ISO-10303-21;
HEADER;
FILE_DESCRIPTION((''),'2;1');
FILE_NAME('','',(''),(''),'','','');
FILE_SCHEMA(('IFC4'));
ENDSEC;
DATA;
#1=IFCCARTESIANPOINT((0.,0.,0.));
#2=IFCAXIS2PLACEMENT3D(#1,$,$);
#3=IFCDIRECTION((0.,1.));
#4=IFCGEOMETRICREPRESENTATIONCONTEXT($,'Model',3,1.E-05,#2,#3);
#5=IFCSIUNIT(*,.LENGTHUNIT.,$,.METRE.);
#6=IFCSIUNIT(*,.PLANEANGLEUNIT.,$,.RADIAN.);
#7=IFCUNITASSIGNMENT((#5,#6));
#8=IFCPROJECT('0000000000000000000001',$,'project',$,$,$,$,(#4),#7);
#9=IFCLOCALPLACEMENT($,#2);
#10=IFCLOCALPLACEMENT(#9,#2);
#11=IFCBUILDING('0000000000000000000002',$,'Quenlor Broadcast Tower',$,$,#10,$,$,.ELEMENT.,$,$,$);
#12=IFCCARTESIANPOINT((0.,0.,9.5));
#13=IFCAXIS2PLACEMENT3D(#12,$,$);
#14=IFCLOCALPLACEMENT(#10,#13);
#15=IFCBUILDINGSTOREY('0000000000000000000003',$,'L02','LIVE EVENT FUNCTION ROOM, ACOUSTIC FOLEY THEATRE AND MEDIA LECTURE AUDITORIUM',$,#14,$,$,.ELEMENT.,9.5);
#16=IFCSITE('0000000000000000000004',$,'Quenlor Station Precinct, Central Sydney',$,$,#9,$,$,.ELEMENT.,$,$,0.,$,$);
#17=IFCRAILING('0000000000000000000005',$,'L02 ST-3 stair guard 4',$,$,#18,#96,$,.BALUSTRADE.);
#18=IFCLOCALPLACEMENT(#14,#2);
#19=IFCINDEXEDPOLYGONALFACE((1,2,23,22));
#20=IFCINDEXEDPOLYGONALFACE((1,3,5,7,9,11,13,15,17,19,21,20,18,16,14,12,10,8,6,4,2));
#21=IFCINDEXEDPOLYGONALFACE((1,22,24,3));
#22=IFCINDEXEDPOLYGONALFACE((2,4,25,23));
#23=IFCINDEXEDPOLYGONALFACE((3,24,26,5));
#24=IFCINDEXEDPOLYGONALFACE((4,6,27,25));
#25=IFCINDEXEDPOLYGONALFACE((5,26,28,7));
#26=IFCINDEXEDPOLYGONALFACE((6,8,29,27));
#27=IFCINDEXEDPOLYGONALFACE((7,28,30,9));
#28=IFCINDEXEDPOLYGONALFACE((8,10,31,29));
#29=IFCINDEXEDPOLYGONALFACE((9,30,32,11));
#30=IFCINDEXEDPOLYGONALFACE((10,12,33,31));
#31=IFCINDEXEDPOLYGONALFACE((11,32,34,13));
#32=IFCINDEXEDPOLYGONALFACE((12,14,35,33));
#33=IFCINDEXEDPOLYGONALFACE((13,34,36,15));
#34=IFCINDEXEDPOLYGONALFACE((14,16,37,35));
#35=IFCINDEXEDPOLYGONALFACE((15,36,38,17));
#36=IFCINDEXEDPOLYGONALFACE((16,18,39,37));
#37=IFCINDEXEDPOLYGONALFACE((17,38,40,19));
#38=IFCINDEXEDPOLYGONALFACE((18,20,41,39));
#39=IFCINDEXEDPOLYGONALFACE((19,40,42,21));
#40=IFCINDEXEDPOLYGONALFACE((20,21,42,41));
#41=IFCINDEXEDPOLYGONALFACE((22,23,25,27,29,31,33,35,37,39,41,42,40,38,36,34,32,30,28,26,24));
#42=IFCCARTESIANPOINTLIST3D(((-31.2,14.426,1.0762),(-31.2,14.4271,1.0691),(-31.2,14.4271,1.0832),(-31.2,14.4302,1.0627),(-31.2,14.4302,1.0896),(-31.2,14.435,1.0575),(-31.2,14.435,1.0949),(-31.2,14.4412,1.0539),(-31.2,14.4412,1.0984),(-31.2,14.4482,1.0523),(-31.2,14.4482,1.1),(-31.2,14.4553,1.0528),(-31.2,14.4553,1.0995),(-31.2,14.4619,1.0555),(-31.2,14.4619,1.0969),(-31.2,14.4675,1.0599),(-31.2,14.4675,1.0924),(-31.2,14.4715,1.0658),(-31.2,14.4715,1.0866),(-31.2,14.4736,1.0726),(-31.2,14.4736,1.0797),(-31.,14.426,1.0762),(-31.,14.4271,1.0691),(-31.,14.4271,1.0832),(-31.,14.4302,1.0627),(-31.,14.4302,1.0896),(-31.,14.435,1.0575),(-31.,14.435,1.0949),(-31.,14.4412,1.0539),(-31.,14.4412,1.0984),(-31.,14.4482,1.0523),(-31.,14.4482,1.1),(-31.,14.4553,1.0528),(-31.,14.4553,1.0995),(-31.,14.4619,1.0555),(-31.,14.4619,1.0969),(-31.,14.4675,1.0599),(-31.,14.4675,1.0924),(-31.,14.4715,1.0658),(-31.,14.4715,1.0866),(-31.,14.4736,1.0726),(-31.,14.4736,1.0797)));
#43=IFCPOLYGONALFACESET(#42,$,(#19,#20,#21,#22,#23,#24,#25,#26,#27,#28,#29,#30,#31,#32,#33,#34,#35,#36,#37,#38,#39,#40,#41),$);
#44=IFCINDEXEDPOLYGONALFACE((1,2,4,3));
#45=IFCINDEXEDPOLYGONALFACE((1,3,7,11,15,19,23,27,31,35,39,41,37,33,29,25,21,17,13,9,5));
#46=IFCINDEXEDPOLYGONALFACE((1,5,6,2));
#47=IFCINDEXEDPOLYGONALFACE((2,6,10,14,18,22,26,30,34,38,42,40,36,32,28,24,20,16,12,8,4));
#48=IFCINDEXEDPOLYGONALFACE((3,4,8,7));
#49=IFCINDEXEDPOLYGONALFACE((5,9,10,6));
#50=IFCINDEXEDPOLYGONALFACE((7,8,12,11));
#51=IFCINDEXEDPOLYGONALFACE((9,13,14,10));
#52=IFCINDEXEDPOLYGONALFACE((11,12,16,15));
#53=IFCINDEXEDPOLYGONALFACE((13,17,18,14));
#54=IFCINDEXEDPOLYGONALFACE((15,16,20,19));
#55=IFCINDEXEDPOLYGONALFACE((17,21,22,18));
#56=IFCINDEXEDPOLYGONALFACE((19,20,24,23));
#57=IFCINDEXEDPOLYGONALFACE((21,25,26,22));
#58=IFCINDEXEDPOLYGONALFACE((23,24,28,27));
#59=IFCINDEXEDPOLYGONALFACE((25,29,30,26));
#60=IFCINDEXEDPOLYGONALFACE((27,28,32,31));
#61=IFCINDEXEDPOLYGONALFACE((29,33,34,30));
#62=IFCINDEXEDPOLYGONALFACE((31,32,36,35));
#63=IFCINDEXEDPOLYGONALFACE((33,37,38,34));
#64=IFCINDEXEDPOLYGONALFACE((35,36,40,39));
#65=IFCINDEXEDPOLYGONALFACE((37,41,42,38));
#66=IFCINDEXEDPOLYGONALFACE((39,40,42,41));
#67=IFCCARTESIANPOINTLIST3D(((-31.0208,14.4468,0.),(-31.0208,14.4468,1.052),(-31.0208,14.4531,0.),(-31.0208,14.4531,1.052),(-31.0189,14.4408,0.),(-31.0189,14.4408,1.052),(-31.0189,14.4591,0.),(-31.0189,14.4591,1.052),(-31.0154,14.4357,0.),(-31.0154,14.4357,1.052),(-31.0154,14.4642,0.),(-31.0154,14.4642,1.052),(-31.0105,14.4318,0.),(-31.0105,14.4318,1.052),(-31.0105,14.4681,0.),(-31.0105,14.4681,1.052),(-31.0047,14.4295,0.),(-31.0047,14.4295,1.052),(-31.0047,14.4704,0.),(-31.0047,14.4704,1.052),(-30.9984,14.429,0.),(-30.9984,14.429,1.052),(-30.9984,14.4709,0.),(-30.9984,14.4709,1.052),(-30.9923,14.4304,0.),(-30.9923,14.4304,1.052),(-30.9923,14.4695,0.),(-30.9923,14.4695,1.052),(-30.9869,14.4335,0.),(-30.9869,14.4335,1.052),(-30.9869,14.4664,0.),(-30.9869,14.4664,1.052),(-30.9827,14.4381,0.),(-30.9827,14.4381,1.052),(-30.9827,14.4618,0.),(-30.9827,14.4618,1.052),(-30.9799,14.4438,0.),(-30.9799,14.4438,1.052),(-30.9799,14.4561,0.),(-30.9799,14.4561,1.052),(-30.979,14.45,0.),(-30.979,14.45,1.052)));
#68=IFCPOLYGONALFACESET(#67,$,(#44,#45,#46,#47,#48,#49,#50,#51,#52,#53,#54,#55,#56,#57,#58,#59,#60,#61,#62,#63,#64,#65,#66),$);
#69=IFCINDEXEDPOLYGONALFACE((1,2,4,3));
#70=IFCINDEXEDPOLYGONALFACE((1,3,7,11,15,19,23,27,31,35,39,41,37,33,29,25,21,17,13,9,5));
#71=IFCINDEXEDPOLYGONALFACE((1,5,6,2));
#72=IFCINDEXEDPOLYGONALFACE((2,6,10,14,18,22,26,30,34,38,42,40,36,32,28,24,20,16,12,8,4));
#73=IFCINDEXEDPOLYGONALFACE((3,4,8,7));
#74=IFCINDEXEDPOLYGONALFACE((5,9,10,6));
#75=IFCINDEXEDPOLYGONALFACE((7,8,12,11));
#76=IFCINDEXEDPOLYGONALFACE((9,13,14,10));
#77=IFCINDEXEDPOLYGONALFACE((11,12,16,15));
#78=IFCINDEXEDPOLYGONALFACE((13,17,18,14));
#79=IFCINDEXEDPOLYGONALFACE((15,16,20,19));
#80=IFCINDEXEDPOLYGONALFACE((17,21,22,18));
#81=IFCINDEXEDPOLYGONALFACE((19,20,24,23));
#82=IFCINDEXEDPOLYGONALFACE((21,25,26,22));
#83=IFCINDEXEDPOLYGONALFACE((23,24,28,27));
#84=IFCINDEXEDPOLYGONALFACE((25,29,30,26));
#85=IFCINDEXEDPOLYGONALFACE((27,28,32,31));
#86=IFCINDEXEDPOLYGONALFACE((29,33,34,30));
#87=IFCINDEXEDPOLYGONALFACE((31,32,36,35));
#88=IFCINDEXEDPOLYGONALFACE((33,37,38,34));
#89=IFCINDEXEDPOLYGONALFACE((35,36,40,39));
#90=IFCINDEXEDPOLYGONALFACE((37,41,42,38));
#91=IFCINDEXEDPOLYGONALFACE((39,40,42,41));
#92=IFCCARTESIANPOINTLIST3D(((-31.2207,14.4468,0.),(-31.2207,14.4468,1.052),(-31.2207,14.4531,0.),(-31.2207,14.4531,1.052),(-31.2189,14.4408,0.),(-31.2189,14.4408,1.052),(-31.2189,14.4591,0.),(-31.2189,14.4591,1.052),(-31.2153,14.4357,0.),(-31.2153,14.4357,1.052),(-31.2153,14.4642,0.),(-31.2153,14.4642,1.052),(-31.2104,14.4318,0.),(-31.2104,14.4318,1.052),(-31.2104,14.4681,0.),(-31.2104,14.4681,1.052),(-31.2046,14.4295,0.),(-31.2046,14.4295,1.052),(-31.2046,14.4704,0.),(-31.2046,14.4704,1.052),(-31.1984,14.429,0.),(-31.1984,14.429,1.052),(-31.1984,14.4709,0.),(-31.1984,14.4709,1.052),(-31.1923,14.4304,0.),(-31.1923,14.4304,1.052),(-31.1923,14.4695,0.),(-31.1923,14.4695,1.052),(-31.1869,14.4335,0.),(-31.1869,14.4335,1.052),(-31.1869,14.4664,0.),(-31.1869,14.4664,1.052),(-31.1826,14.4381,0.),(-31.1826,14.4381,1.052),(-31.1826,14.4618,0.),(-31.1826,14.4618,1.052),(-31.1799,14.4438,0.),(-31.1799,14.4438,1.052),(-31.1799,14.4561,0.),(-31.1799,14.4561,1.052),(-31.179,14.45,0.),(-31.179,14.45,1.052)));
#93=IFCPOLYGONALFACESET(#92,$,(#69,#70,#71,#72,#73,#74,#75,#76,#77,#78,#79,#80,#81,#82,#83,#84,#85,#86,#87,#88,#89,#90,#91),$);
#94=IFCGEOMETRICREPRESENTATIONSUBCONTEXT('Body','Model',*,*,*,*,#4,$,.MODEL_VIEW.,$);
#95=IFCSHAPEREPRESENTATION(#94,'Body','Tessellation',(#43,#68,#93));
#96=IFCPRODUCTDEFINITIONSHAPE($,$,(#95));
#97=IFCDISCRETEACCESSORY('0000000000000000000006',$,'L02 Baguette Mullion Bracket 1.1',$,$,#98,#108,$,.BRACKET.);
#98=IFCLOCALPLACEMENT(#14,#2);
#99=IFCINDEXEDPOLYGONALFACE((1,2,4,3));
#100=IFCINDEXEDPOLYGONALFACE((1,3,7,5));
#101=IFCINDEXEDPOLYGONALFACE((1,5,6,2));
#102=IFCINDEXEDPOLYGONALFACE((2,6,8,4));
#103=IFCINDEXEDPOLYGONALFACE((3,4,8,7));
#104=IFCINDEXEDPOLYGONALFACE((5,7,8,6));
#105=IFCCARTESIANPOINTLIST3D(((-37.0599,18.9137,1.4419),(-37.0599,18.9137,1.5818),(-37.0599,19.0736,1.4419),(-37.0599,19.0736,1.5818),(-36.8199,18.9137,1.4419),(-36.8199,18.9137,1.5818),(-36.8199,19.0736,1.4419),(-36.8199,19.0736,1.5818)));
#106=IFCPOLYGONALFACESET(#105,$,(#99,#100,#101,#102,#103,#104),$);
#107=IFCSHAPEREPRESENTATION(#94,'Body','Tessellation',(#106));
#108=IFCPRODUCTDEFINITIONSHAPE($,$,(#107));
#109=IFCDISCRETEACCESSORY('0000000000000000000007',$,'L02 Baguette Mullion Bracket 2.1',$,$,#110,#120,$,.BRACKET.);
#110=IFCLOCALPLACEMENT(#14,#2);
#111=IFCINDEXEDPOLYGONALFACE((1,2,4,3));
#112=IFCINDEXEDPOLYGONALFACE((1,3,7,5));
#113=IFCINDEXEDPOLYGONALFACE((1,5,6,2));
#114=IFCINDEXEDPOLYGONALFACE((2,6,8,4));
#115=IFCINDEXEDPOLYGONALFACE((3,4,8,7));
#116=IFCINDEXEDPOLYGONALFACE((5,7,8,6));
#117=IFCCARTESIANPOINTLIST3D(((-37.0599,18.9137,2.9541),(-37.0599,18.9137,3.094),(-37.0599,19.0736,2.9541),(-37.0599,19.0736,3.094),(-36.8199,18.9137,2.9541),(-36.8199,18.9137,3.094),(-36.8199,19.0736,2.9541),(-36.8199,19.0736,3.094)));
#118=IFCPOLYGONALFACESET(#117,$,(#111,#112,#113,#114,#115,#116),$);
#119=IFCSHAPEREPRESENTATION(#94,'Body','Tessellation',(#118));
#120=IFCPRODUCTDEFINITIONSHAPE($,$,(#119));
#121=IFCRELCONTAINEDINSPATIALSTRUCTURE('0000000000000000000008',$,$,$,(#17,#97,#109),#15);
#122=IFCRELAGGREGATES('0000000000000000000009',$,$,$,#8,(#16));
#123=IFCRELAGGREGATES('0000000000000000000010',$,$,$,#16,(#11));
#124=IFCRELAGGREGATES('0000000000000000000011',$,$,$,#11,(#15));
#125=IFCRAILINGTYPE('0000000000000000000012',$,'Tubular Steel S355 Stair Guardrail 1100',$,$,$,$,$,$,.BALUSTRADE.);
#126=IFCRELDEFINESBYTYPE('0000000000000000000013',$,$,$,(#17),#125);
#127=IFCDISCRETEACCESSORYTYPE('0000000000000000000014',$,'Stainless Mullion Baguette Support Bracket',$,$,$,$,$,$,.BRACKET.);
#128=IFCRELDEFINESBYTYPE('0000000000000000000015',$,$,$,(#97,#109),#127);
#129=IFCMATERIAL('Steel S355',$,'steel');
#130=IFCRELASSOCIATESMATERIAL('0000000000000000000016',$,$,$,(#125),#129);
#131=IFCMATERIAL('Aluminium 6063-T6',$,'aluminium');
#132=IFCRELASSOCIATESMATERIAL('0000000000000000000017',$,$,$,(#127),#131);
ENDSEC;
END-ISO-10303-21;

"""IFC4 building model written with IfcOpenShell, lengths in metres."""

from ifc_helpers import new_model, si_unit, direction, frame, origin, origin_2d, place, context, subcontext, project, spatial, rectangle, circle, extrude, material, type_object, element, save


model = new_model("IFC4")

# Units and contexts
model_context = context("Model", 3, precision=1e-05, world=origin(), true_north=direction((0.0, 1.0)))
body_context = subcontext(model_context, "Body", "Model", "MODEL_VIEW")
ifc_project = project(units=[si_unit("LENGTHUNIT", "METRE"), si_unit("PLANEANGLEUNIT", "RADIAN")], contexts=[model_context])

# Site, building, storey
site_placement = place(None, origin())
site = spatial("IfcSite", under=ifc_project, at=site_placement, Name="Quenlor Station Precinct, Central Sydney", CompositionType="ELEMENT", RefElevation=0.0)
building_placement = place(site_placement, origin())
building = spatial("IfcBuilding", under=site, at=building_placement, Name="Quenlor Broadcast Tower", CompositionType="ELEMENT")
storey_placement = place(building_placement, frame((0.0, 0.0, 9.5)))
storey = spatial("IfcBuildingStorey", under=building, at=storey_placement, Name="L02", Description="LIVE EVENT FUNCTION ROOM, ACOUSTIC FOLEY THEATRE AND MEDIA LECTURE AUDITORIUM", CompositionType="ELEMENT", Elevation=9.5)

# Railing
ifc_material_1 = material(Name="Steel S355", Category="steel")
railing_type_1 = type_object("IfcRailingType", Name="Tubular Steel S355 Stair Guardrail 1100", PredefinedType="BALUSTRADE", material=ifc_material_1)
railing_1_placement = place(storey_placement, frame((-31.0, 14.45, 0.0)))
element("IfcRailing", 1, at=railing_1_placement, inside=storey, type_object=railing_type_1, Name="L02 ST-3 stair guard 4", PredefinedType="BALUSTRADE", context=body_context, shape_type="SweptSolid", body=[
    extrude(circle(Radius=0.0239, at=origin_2d()), frame((0.0, 0.0, 1.0762), z_axis=(-1.0, 0.0, 0.0), x_axis=(0.0, -1.0, 0.0)), (0.0, 0.0, 1.0), 0.2),
    extrude(circle(Radius=0.021, at=origin_2d()), origin(), (0.0, 0.0, 1.0), 1.052),
    extrude(circle(Radius=0.021, at=origin_2d()), frame((-0.2, 0.0, 0.0)), (0.0, 0.0, 1.0), 1.052),
])

# Discrete accessories
ifc_material_2 = material(Name="Aluminium 6063-T6", Category="aluminium")
discrete_accessory_type = type_object("IfcDiscreteAccessoryType", Name="Stainless Mullion Baguette Support Bracket", PredefinedType="BRACKET", material=ifc_material_2)
for number, where, z_axis, x_axis, name in (
    (2, (-36.9399, 18.9937, 1.4419), (0.0, 0.0, 1.0), (0.0, 1.0, 0.0), "L02 Baguette Mullion Bracket 1.1"),
    (3, (-36.9399, 18.9937, 2.9541), (0.0, 0.0, 1.0), (0.0, 1.0, 0.0), "L02 Baguette Mullion Bracket 2.1"),
):
    element("IfcDiscreteAccessory", number, at=place(storey_placement, frame(where, z_axis=z_axis, x_axis=x_axis)), inside=storey, type_object=discrete_accessory_type, Name=name, PredefinedType="BRACKET", context=body_context, shape_type="SweptSolid", body=[
        extrude(rectangle(XDim=0.1599, YDim=0.24, at=origin_2d()), origin(), (0.0, 0.0, 1.0), 0.1399),
    ])

save(model, "model.ifc")
